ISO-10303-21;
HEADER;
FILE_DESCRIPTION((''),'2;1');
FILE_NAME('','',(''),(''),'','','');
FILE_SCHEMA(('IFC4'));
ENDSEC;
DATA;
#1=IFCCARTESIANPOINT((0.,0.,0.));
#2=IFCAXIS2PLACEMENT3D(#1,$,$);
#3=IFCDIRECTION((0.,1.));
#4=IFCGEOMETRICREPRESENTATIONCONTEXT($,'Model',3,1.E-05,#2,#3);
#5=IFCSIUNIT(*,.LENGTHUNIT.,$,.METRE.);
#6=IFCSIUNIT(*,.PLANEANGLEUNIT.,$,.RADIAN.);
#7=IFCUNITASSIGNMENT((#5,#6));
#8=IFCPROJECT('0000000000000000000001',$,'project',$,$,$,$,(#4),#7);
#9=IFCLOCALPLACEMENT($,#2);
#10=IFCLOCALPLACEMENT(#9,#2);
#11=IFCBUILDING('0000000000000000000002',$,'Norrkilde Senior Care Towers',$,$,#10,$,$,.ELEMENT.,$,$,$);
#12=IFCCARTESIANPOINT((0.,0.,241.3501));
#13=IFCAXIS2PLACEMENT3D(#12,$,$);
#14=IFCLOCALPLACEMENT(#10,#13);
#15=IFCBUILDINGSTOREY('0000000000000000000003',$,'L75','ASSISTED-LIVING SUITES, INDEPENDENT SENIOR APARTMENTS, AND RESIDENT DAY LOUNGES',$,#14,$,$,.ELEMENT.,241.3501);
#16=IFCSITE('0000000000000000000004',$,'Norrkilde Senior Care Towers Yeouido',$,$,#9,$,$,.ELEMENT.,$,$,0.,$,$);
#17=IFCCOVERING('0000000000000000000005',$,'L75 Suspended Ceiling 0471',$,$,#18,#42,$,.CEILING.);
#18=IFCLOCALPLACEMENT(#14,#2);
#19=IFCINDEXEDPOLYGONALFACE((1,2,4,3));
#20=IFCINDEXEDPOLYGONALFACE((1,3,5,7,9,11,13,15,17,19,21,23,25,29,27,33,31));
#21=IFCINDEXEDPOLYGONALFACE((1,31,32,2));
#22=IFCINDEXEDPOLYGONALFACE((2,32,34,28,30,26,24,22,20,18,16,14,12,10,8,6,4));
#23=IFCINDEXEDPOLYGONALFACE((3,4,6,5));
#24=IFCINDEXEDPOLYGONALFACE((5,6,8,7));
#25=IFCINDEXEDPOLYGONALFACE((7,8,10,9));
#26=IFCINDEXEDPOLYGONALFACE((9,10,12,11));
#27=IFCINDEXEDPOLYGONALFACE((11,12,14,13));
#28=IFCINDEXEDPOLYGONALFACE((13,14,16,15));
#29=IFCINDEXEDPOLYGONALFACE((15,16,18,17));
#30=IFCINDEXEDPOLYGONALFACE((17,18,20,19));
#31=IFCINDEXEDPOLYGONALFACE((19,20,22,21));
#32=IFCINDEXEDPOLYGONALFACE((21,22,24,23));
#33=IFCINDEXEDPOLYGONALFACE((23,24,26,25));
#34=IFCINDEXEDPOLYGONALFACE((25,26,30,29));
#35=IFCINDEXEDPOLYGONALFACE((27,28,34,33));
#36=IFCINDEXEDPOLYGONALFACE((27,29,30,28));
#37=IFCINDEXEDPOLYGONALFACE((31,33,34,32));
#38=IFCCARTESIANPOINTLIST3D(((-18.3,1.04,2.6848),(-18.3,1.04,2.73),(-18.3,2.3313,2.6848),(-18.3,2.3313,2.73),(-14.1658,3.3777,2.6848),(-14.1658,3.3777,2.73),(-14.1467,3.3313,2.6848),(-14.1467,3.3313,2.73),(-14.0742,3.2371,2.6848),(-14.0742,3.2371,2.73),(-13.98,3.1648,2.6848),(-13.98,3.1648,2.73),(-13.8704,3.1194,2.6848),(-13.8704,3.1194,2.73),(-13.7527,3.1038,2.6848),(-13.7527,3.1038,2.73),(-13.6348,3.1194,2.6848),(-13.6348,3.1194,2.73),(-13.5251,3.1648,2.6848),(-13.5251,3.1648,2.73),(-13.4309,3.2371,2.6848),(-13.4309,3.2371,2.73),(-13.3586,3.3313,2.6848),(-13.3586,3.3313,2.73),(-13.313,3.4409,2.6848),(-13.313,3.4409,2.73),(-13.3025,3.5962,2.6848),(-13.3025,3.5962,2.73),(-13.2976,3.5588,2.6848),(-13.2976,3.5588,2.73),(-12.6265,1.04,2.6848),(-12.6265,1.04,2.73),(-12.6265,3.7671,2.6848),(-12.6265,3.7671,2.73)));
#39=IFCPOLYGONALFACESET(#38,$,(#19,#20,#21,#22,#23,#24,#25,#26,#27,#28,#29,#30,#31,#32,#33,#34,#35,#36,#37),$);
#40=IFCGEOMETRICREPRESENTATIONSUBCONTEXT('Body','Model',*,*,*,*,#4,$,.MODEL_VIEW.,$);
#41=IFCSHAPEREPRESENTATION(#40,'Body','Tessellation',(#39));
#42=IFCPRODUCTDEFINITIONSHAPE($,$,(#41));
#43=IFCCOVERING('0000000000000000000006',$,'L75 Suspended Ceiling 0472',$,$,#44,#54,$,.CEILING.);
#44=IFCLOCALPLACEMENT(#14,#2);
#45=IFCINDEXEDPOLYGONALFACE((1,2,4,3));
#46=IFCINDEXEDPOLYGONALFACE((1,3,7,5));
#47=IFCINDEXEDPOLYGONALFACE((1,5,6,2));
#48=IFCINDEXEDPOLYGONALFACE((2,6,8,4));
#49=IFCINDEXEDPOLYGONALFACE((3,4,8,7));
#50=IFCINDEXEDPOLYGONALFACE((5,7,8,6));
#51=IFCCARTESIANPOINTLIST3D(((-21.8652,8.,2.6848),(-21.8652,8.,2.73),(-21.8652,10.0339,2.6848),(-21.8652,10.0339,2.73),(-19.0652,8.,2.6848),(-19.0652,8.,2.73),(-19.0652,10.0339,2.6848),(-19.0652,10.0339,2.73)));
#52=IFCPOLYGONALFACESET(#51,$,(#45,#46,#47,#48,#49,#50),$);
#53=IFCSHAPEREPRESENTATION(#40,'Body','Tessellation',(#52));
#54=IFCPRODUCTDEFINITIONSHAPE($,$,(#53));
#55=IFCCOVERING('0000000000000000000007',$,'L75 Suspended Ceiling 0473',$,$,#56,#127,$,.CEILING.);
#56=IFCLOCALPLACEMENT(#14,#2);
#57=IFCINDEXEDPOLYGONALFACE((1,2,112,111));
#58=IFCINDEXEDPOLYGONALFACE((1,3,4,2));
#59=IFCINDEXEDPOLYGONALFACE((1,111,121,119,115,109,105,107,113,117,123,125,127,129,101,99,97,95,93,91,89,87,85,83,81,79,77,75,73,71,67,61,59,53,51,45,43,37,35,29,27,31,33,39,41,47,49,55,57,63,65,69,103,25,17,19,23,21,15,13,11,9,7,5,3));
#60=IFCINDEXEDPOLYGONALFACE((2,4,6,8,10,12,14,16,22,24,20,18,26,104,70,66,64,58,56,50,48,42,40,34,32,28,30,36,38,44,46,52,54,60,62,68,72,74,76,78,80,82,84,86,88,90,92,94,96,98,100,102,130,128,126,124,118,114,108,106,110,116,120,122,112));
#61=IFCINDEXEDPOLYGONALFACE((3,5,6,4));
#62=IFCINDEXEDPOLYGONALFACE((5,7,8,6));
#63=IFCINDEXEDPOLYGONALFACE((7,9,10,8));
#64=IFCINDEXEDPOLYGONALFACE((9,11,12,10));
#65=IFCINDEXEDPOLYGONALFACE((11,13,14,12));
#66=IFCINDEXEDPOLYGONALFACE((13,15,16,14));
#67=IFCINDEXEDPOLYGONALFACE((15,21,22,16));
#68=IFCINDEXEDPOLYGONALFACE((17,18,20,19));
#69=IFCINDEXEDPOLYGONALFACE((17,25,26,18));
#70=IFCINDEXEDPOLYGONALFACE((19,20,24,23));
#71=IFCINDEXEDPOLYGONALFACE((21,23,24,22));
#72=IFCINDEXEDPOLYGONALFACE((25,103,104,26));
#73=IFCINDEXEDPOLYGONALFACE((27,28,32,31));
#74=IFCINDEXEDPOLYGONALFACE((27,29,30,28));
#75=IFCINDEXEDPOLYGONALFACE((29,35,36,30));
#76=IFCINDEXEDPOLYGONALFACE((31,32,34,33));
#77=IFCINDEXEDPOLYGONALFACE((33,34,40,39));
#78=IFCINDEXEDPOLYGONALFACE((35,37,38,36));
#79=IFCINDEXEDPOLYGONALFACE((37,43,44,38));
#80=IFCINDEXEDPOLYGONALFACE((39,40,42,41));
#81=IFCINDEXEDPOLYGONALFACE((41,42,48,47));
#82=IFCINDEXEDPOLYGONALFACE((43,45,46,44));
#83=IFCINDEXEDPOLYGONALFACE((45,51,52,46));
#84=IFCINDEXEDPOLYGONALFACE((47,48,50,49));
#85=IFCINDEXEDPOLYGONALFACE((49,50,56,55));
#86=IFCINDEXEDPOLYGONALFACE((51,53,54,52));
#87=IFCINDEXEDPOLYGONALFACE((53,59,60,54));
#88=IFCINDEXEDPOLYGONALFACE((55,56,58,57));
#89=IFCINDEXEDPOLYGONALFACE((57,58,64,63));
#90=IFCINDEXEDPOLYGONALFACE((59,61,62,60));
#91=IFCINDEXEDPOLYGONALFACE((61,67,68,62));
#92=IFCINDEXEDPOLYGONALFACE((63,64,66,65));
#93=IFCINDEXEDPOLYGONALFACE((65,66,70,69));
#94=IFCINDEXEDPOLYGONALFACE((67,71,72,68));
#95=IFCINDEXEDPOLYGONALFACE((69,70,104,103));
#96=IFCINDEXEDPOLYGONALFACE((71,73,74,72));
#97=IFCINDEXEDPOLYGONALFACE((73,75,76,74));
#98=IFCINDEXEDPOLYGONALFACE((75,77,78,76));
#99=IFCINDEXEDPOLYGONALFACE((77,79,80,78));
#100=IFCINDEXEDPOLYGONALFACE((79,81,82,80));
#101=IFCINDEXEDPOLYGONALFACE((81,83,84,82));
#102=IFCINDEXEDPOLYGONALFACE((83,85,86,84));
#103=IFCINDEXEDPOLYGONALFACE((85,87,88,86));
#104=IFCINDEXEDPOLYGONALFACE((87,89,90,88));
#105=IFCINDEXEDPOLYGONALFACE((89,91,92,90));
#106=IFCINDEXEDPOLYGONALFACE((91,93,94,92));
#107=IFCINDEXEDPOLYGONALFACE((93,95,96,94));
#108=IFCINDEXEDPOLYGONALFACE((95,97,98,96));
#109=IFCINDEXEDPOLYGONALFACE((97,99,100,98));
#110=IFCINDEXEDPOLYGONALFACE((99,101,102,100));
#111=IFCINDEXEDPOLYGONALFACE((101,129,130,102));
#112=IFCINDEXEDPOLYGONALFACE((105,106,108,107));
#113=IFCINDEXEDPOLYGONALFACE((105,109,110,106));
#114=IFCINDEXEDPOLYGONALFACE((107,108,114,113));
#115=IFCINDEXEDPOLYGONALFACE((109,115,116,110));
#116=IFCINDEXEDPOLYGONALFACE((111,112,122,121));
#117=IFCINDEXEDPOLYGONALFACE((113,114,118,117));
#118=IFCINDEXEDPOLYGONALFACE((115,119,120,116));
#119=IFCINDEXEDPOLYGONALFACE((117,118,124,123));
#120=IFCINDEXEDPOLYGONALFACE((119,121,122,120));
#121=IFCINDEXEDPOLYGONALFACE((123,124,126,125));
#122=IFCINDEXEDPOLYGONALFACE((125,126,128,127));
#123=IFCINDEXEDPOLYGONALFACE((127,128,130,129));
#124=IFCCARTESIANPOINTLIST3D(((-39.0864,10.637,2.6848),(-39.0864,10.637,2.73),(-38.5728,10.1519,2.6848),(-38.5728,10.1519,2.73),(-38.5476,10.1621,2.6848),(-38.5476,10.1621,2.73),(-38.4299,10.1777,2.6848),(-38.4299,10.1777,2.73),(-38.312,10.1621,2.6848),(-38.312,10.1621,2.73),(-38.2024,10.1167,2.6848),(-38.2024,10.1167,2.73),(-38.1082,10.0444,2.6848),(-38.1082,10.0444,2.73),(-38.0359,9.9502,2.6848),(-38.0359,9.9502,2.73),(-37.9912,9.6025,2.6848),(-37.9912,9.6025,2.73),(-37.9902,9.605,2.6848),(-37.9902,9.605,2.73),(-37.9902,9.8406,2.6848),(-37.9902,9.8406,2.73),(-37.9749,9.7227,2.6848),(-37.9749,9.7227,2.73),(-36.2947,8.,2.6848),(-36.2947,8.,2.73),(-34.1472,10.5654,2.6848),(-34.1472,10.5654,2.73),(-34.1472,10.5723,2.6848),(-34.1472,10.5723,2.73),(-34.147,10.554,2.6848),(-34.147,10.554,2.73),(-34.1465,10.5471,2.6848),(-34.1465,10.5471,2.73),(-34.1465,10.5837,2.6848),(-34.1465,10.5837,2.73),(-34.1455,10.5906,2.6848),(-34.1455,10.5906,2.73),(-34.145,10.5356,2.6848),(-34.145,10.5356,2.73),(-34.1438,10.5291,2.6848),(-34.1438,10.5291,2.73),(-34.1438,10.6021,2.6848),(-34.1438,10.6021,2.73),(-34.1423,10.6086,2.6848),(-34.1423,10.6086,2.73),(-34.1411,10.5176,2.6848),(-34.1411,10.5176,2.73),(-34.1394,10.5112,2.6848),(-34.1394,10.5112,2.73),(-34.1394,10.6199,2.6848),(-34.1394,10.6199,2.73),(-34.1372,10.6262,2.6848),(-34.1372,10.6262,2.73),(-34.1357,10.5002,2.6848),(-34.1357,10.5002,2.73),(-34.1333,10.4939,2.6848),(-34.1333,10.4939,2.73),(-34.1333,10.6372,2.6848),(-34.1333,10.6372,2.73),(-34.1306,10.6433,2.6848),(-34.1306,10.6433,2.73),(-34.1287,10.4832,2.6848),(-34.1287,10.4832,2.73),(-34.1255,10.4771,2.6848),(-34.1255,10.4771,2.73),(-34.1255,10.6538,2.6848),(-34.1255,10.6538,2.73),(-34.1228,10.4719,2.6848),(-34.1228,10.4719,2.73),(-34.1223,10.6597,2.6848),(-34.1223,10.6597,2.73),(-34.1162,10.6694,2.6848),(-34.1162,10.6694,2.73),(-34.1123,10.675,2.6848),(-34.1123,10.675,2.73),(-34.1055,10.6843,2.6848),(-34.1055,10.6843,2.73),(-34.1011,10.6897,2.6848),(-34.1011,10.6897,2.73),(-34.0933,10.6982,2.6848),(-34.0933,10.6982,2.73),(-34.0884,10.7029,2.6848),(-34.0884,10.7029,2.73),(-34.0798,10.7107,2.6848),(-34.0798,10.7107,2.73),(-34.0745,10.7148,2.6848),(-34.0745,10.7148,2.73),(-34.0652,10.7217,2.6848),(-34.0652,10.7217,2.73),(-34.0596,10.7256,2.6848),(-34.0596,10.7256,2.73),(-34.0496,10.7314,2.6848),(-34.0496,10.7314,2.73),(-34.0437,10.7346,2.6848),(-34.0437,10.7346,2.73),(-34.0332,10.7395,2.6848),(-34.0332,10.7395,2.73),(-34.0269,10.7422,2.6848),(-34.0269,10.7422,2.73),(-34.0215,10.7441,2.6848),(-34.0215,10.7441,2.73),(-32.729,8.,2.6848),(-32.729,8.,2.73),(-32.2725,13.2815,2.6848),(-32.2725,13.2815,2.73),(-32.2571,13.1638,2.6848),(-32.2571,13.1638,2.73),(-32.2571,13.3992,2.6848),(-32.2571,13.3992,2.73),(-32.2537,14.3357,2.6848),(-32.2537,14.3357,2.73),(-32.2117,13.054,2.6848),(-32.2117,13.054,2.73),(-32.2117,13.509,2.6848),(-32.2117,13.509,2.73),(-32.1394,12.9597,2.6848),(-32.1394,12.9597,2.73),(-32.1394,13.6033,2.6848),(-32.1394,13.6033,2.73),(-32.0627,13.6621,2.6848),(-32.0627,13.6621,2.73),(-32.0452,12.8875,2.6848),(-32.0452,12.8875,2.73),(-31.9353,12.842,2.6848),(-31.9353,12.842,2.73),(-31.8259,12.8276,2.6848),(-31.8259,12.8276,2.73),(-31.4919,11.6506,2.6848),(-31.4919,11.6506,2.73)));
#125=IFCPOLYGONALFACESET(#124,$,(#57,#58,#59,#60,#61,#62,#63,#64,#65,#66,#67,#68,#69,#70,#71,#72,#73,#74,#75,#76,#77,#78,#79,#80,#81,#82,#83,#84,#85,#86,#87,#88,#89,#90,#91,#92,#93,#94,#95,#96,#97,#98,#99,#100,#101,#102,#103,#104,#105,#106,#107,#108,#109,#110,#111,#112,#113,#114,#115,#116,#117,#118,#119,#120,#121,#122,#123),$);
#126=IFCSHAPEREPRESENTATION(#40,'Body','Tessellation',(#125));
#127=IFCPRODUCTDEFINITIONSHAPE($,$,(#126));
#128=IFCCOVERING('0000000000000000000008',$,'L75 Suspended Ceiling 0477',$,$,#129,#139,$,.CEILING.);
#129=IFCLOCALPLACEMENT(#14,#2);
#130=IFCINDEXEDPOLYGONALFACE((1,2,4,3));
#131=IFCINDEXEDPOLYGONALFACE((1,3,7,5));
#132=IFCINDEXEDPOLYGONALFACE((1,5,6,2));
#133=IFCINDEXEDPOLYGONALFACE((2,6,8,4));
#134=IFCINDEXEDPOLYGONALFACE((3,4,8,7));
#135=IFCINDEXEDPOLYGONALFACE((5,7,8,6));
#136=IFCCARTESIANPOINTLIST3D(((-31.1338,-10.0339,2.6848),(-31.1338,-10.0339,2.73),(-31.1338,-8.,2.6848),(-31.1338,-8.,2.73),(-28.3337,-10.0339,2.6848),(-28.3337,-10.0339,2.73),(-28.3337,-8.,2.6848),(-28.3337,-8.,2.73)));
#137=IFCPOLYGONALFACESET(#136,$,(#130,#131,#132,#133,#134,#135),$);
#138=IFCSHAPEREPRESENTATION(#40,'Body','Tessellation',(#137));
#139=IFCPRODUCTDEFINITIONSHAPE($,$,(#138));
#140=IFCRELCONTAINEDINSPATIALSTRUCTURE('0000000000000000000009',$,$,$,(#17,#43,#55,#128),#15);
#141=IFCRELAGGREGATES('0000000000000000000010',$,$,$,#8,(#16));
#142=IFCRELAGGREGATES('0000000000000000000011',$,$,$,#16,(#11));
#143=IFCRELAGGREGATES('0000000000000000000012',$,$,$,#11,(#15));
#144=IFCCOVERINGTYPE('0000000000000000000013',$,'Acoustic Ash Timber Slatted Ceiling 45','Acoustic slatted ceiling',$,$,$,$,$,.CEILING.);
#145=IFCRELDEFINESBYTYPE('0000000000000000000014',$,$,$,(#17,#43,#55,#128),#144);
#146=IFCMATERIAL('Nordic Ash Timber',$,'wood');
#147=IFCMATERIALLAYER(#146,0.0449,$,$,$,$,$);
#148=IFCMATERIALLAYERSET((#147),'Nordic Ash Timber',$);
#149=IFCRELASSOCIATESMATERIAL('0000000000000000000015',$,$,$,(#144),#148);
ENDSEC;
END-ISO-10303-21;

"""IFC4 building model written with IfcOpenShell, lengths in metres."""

from ifc_helpers import new_model, si_unit, direction, frame, origin, place, context, subcontext, project, spatial, polyline, outline, extrude, material, layer, layer_set, type_object, element, save


model = new_model("IFC4")

# Units and contexts
model_context = context("Model", 3, precision=1e-05, world=origin(), true_north=direction((0.0, 1.0)))
body_context = subcontext(model_context, "Body", "Model", "MODEL_VIEW")
ifc_project = project(units=[si_unit("LENGTHUNIT", "METRE"), si_unit("PLANEANGLEUNIT", "RADIAN")], contexts=[model_context])

# Site, building, storey
site_placement = place(None, origin())
site = spatial("IfcSite", under=ifc_project, at=site_placement, Name="Norrkilde Senior Care Towers Yeouido", CompositionType="ELEMENT", RefElevation=0.0)
building_placement = place(site_placement, origin())
building = spatial("IfcBuilding", under=site, at=building_placement, Name="Norrkilde Senior Care Towers", CompositionType="ELEMENT")
storey_placement = place(building_placement, frame((0.0, 0.0, 241.3501)))
storey = spatial("IfcBuildingStorey", under=building, at=storey_placement, Name="L75", Description="ASSISTED-LIVING SUITES, INDEPENDENT SENIOR APARTMENTS, AND RESIDENT DAY LOUNGES", CompositionType="ELEMENT", Elevation=241.3501)

# Coverings
ifc_material_1 = material(Name="Nordic Ash Timber", Category="wood")
ifc_layer_1 = layer(ifc_material_1, 0.0449)
ifc_layer_set_1 = layer_set([ifc_layer_1], Name="Nordic Ash Timber")
covering_type_1 = type_object("IfcCoveringType", Name="Acoustic Ash Timber Slatted Ceiling 45", Description="Acoustic slatted ceiling", PredefinedType="CEILING", material=ifc_layer_set_1)
covering_1_placement = place(storey_placement, frame((0.0, 0.0, 2.6848)))
element("IfcCovering", 1, at=covering_1_placement, inside=storey, type_object=covering_type_1, Name="L75 Suspended Ceiling 0471", PredefinedType="CEILING", context=body_context, shape_type="SweptSolid", body=[
    extrude(outline(polyline([(-12.6265, 1.04), (-18.3, 1.04), (-18.3, 2.3313), (-14.1658, 3.3777), (-14.1467, 3.3313), (-14.0742, 3.2371), (-13.98, 3.1648), (-13.8704, 3.1194), (-13.7527, 3.1038), (-13.6348, 3.1194), (-13.5251, 3.1648), (-13.4309, 3.2371), (-13.3586, 3.3313), (-13.313, 3.4409), (-13.2976, 3.5588), (-13.3025, 3.5962), (-12.6265, 3.7671), (-12.6265, 1.04)])), origin(), (0.0, 0.0, 1.0), 0.0452),
])
covering_2_placement = place(storey_placement, frame((0.0, 0.0, 2.6848)))
element("IfcCovering", 2, at=covering_2_placement, inside=storey, type_object=covering_type_1, Name="L75 Suspended Ceiling 0472", PredefinedType="CEILING", context=body_context, shape_type="SweptSolid", body=[
    extrude(outline(polyline([(-21.8652, 10.0339), (-19.0652, 10.0339), (-19.0652, 8.0), (-21.8652, 8.0), (-21.8652, 10.0339)])), origin(), (0.0, 0.0, 1.0), 0.0452),
])
covering_3_placement = place(storey_placement, frame((0.0, 0.0, 2.6848)))
element("IfcCovering", 3, at=covering_3_placement, inside=storey, type_object=covering_type_1, Name="L75 Suspended Ceiling 0473", PredefinedType="CEILING", context=body_context, shape_type="SweptSolid", body=[
    extrude(outline(polyline([(-34.0596, 10.7256), (-34.0652, 10.7217), (-34.0745, 10.7148), (-34.0798, 10.7107), (-34.0884, 10.7029), (-34.0933, 10.6982), (-34.1011, 10.6897), (-34.1055, 10.6843), (-34.1123, 10.675), (-34.1162, 10.6694), (-34.1223, 10.6597), (-34.1255, 10.6538), (-34.1306, 10.6433), (-34.1333, 10.6372), (-34.1372, 10.6262), (-34.1394, 10.6199), (-34.1423, 10.6086), (-34.1438, 10.6021), (-34.1455, 10.5906), (-34.1465, 10.5837), (-34.1472, 10.5723), (-34.1472, 10.5654), (-34.147, 10.554), (-34.1465, 10.5471), (-34.145, 10.5356), (-34.1438, 10.5291), (-34.1411, 10.5176), (-34.1394, 10.5112), (-34.1357, 10.5002), (-34.1333, 10.4939), (-34.1287, 10.4832), (-34.1255, 10.4771), (-34.1228, 10.4719), (-32.729, 8.0), (-36.2947, 8.0), (-37.9912, 9.6025), (-37.9902, 9.605), (-37.9749, 9.7227), (-37.9902, 9.8406), (-38.0359, 9.9502), (-38.1082, 10.0444), (-38.2024, 10.1167), (-38.312, 10.1621), (-38.4299, 10.1777), (-38.5476, 10.1621), (-38.5728, 10.1519), (-39.0864, 10.637), (-32.2537, 14.3357), (-32.0627, 13.6621), (-32.1394, 13.6033), (-32.2117, 13.509), (-32.2571, 13.3992), (-32.2725, 13.2815), (-32.2571, 13.1638), (-32.2117, 13.054), (-32.1394, 12.9597), (-32.0452, 12.8875), (-31.9353, 12.842), (-31.8259, 12.8276), (-31.4919, 11.6506), (-34.0215, 10.7441), (-34.0269, 10.7422), (-34.0332, 10.7395), (-34.0437, 10.7346), (-34.0496, 10.7314), (-34.0596, 10.7256)])), origin(), (0.0, 0.0, 1.0), 0.0452),
])
covering_4_placement = place(storey_placement, frame((0.0, 0.0, 2.6848)))
element("IfcCovering", 4, at=covering_4_placement, inside=storey, type_object=covering_type_1, Name="L75 Suspended Ceiling 0477", PredefinedType="CEILING", context=body_context, shape_type="SweptSolid", body=[
    extrude(outline(polyline([(-28.3337, -10.0339), (-31.1338, -10.0339), (-31.1338, -8.0), (-28.3337, -8.0), (-28.3337, -10.0339)])), origin(), (0.0, 0.0, 1.0), 0.0452),
])

save(model, "model.ifc")
